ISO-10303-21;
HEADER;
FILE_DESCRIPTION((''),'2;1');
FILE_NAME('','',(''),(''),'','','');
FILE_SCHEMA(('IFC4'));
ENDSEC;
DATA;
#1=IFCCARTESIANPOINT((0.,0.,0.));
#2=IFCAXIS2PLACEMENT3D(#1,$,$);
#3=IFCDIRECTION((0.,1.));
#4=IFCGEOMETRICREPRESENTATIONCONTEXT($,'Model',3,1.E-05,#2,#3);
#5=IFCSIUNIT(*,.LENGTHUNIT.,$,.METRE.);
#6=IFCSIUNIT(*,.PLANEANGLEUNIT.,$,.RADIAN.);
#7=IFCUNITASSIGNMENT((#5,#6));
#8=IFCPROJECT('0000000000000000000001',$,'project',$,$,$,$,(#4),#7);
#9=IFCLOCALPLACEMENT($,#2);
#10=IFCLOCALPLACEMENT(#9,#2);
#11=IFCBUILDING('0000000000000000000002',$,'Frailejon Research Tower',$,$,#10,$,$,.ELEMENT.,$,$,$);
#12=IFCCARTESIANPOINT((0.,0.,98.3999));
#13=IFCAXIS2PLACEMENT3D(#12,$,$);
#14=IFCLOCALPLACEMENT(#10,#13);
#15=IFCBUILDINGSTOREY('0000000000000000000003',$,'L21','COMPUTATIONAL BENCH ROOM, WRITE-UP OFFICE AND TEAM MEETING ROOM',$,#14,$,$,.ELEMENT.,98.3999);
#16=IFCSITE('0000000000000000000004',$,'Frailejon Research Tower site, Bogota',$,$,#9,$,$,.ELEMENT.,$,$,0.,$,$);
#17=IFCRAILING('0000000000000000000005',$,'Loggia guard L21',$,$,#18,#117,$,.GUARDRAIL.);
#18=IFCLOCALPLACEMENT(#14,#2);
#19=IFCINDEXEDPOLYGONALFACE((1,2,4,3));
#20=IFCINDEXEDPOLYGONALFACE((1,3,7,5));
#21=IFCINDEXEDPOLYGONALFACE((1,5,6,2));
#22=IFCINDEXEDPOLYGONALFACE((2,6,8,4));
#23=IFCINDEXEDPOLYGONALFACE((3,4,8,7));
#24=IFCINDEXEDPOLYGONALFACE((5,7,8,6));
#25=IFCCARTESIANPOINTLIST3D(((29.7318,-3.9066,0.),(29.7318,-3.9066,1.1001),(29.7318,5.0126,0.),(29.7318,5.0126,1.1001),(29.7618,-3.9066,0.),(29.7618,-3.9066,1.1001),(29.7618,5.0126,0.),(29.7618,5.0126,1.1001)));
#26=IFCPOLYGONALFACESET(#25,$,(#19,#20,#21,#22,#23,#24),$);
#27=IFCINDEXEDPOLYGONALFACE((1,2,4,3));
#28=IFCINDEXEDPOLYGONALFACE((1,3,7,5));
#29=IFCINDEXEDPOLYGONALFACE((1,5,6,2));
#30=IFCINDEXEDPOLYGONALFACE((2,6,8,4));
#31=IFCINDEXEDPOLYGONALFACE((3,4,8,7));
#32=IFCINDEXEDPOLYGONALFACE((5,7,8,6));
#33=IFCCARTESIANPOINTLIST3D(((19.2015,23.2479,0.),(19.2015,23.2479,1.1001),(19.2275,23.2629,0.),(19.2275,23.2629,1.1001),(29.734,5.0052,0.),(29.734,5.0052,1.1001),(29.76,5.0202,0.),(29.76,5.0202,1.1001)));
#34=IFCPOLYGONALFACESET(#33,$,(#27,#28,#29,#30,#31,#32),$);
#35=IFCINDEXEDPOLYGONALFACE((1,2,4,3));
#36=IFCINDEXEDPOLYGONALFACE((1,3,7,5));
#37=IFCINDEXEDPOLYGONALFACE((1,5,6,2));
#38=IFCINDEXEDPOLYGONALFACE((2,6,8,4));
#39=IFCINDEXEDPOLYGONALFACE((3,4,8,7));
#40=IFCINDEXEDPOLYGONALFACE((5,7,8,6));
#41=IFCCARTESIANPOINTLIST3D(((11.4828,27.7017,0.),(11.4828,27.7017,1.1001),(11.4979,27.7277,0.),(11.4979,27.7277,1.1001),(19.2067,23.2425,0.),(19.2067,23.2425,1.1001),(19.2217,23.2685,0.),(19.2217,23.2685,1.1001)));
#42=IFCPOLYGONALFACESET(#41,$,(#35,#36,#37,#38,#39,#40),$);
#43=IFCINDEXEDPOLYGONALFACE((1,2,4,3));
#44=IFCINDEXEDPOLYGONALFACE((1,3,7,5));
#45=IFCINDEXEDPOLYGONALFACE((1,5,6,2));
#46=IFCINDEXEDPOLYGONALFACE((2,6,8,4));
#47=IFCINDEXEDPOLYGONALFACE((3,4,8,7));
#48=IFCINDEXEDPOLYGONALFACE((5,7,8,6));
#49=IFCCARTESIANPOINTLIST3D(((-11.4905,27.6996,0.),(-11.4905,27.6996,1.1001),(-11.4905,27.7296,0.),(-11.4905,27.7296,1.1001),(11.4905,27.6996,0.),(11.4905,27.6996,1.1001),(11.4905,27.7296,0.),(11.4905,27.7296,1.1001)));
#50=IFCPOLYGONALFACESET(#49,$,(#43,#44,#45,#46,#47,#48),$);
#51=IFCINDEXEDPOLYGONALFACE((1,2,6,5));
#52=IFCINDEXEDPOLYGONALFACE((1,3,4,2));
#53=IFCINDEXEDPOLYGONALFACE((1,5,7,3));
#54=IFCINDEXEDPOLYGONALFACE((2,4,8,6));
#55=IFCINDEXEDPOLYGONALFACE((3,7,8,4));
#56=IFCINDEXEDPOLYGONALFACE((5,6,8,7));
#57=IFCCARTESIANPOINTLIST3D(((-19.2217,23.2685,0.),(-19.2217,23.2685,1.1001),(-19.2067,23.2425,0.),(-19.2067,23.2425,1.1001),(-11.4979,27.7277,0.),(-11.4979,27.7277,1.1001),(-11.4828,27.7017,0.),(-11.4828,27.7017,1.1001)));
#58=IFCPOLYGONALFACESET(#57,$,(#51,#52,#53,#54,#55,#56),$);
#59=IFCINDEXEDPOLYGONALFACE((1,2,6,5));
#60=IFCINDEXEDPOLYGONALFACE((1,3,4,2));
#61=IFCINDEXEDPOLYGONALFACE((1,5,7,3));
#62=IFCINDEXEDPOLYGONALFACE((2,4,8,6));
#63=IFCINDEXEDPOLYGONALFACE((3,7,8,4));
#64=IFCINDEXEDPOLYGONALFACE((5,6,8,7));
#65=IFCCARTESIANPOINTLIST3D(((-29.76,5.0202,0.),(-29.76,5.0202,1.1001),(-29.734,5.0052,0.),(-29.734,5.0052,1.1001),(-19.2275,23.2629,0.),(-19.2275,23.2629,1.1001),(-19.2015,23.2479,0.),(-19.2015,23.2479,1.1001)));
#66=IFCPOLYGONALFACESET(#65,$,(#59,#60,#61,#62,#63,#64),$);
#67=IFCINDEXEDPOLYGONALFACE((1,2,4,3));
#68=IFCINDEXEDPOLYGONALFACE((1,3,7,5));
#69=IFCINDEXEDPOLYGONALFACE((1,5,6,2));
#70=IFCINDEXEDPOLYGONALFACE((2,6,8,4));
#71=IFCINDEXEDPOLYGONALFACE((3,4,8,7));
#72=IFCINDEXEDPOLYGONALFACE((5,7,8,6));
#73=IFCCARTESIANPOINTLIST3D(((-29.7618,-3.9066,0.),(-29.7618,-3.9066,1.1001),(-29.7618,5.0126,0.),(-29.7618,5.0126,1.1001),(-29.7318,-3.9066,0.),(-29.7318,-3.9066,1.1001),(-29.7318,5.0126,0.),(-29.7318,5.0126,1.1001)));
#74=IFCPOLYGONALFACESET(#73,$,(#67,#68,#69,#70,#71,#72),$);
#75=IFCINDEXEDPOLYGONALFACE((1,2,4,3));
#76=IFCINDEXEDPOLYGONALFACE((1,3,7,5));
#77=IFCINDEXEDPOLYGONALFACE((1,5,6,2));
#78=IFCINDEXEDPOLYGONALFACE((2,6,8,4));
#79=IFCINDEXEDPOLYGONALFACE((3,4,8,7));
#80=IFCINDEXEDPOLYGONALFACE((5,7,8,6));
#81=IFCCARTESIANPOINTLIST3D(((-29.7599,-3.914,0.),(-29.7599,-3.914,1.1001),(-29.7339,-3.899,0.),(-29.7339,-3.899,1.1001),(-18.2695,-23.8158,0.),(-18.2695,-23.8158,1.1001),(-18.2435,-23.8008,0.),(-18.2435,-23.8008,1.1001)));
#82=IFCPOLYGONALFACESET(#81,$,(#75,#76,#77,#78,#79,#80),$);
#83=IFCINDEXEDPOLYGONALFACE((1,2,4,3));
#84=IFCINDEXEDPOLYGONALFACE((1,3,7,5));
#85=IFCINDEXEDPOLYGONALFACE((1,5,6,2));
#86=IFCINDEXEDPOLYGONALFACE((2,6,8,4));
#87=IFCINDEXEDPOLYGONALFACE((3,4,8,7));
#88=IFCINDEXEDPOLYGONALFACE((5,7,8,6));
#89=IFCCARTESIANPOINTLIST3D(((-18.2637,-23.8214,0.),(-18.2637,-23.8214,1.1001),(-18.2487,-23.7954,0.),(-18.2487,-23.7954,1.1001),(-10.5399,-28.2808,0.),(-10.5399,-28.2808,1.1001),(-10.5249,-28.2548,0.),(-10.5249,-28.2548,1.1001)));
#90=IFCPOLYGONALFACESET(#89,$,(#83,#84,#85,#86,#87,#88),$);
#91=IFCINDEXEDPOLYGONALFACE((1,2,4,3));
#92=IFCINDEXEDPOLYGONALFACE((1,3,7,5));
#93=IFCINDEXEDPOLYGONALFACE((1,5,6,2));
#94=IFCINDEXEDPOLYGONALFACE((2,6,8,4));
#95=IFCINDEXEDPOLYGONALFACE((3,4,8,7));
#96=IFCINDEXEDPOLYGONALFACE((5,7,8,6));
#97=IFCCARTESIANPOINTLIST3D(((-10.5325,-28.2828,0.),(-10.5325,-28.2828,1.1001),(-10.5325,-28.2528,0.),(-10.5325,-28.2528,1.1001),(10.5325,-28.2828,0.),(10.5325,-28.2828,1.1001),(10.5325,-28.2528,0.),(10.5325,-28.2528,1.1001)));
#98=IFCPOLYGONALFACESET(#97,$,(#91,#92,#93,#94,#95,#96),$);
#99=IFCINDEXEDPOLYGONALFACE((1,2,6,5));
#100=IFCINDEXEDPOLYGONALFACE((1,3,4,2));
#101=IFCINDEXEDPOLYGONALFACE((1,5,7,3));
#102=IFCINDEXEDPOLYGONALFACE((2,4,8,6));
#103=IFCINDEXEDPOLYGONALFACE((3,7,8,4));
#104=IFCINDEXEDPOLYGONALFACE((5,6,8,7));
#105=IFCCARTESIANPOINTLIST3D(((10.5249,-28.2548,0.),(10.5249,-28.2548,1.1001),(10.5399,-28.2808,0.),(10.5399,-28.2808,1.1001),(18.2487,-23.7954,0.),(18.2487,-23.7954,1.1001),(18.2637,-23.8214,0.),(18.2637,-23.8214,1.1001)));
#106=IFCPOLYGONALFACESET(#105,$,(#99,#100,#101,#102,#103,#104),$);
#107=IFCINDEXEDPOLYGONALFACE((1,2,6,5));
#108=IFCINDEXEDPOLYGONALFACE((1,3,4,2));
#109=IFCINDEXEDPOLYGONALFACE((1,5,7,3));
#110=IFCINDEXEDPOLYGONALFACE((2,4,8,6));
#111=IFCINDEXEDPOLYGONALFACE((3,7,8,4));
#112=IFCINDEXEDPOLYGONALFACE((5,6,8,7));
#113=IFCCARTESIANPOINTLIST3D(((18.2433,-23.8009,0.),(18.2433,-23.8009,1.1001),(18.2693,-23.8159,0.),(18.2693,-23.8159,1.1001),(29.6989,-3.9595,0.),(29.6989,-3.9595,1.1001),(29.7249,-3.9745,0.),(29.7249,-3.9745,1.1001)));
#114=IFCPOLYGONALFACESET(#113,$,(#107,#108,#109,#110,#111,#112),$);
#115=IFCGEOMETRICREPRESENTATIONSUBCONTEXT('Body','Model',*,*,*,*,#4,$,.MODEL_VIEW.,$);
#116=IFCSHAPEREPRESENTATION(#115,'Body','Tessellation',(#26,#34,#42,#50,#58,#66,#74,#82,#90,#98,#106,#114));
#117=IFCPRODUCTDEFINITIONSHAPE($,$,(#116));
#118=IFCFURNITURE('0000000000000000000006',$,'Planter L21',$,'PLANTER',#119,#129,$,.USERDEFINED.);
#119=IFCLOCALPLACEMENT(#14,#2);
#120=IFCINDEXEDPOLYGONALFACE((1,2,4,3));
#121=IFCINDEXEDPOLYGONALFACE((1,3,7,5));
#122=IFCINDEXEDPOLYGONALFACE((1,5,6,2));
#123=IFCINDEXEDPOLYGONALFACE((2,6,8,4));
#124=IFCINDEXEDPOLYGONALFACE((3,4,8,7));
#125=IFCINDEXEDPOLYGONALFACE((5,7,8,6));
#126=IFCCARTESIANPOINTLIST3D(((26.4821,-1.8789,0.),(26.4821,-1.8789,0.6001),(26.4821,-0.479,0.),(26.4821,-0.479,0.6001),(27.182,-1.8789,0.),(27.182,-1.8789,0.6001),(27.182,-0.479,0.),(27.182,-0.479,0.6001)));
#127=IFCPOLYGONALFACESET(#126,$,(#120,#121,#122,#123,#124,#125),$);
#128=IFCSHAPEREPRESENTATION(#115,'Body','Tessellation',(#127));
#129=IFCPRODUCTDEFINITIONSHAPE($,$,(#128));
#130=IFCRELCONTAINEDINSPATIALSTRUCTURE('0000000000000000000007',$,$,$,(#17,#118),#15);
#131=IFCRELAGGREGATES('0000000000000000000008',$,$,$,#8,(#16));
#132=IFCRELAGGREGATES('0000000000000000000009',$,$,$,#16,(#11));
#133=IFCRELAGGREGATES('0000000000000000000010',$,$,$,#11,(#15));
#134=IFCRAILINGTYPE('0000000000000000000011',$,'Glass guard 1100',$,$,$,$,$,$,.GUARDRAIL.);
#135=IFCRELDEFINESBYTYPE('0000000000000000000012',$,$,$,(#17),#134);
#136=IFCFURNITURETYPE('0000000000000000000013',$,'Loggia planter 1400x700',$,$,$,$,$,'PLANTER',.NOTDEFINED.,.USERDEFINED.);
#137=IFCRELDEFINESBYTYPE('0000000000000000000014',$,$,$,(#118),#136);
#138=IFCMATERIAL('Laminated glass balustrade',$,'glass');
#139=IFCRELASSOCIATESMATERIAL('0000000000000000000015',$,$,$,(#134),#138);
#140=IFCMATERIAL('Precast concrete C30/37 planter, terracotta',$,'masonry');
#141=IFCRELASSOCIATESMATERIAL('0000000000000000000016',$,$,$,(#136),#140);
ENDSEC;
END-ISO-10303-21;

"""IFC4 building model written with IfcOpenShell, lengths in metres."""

from ifc_helpers import new_model, si_unit, direction, frame, origin, origin_2d, place, context, subcontext, project, spatial, rectangle, extrude, material, type_object, element, save


model = new_model("IFC4")

# Units and contexts
model_context = context("Model", 3, precision=1e-05, world=origin(), true_north=direction((0.0, 1.0)))
body_context = subcontext(model_context, "Body", "Model", "MODEL_VIEW")
ifc_project = project(units=[si_unit("LENGTHUNIT", "METRE"), si_unit("PLANEANGLEUNIT", "RADIAN")], contexts=[model_context])

# Site, building, storey
site_placement = place(None, origin())
site = spatial("IfcSite", under=ifc_project, at=site_placement, Name="Frailejon Research Tower site, Bogota", CompositionType="ELEMENT", RefElevation=0.0)
building_placement = place(site_placement, origin())
building = spatial("IfcBuilding", under=site, at=building_placement, Name="Frailejon Research Tower", CompositionType="ELEMENT")
storey_placement = place(building_placement, frame((0.0, 0.0, 98.3999)))
storey = spatial("IfcBuildingStorey", under=building, at=storey_placement, Name="L21", Description="COMPUTATIONAL BENCH ROOM, WRITE-UP OFFICE AND TEAM MEETING ROOM", CompositionType="ELEMENT", Elevation=98.3999)

# Railing
ifc_material_1 = material(Name="Laminated glass balustrade", Category="glass")
railing_type = type_object("IfcRailingType", Name="Glass guard 1100", PredefinedType="GUARDRAIL", material=ifc_material_1)
railing_placement = place(storey_placement, frame((29.7468, -3.9065, 0.0)))
element("IfcRailing", 1, at=railing_placement, inside=storey, type_object=railing_type, Name="Loggia guard L21", PredefinedType="GUARDRAIL", context=body_context, shape_type="SweptSolid", body=[
    extrude(rectangle(XDim=8.9192, YDim=0.03, at=origin_2d()), frame((0.0, 4.4595, 0.0), z_axis=(0.0, 0.0, 1.0), x_axis=(0.0, 1.0, 0.0)), (0.0, 0.0, 1.0), 1.1001),
    extrude(rectangle(XDim=21.0649, YDim=0.03, at=origin_2d()), frame((-5.2661, 18.0405, 0.0), z_axis=(0.0, 0.0, 1.0), x_axis=(-0.500002, 0.866024, 0.0)), (0.0, 0.0, 1.0), 1.1001),
    extrude(rectangle(XDim=8.9187, YDim=0.03, at=origin_2d()), frame((-14.3945, 29.3916, 0.0), z_axis=(0.0, 0.0, 1.0), x_axis=(-0.866033, 0.499987, 0.0)), (0.0, 0.0, 1.0), 1.1001),
    extrude(rectangle(XDim=22.981, YDim=0.03, at=origin_2d()), frame((-29.7468, 31.6211, 0.0), z_axis=(0.0, 0.0, 1.0), x_axis=(-1.0, 0.0, 0.0)), (0.0, 0.0, 1.0), 1.1001),
    extrude(rectangle(XDim=8.9187, YDim=0.03, at=origin_2d()), frame((-45.0991, 29.3916, 0.0), z_axis=(0.0, 0.0, 1.0), x_axis=(-0.866033, -0.499987, 0.0)), (0.0, 0.0, 1.0), 1.1001),
    extrude(rectangle(XDim=21.0649, YDim=0.03, at=origin_2d()), frame((-54.2275, 18.0405, 0.0), z_axis=(0.0, 0.0, 1.0), x_axis=(-0.500002, -0.866024, 0.0)), (0.0, 0.0, 1.0), 1.1001),
    extrude(rectangle(XDim=8.9192, YDim=0.03, at=origin_2d()), frame((-59.4937, 4.4595, 0.0), z_axis=(0.0, 0.0, 1.0), x_axis=(0.0, -1.0, 0.0)), (0.0, 0.0, 1.0), 1.1001),
    extrude(rectangle(XDim=22.9807, YDim=0.03, at=origin_2d()), frame((-53.7485, -9.9509, 0.0), z_axis=(0.0, 0.0, 1.0), x_axis=(0.500004, -0.866023, 0.0)), (0.0, 0.0, 1.0), 1.1001),
    extrude(rectangle(XDim=8.9187, YDim=0.03, at=origin_2d()), frame((-44.1411, -22.1316, 0.0), z_axis=(0.0, 0.0, 1.0), x_axis=(0.866021, -0.500008, 0.0)), (0.0, 0.0, 1.0), 1.1001),
    extrude(rectangle(XDim=21.0649, YDim=0.03, at=origin_2d()), frame((-29.7468, -24.3613, 0.0), z_axis=(0.0, 0.0, 1.0), x_axis=(1.0, 0.0, 0.0)), (0.0, 0.0, 1.0), 1.1001),
    extrude(rectangle(XDim=8.9187, YDim=0.03, at=origin_2d()), frame((-15.3525, -22.1316, 0.0), z_axis=(0.0, 0.0, 1.0), x_axis=(0.866021, 0.500008, 0.0)), (0.0, 0.0, 1.0), 1.1001),
    extrude(rectangle(XDim=22.9109, YDim=0.03, at=origin_2d()), frame((-5.7627, -9.9812, 0.0), z_axis=(0.0, 0.0, 1.0), x_axis=(0.500006, 0.866022, 0.0)), (0.0, 0.0, 1.0), 1.1001),
])

# Furniture
ifc_material_2 = material(Name="Precast concrete C30/37 planter, terracotta", Category="masonry")
furniture_type = type_object("IfcFurnitureType", Name="Loggia planter 1400x700", ElementType="PLANTER", AssemblyPlace="NOTDEFINED", PredefinedType="USERDEFINED", material=ifc_material_2)
furniture_placement = place(storey_placement, frame((26.832, -1.179, 0.0), z_axis=(0.0, 0.0, 1.0), x_axis=(0.0, 1.0, 0.0)))
element("IfcFurniture", 2, at=furniture_placement, inside=storey, type_object=furniture_type, Name="Planter L21", ObjectType="PLANTER", PredefinedType="USERDEFINED", context=body_context, shape_type="SweptSolid", body=[
    extrude(rectangle(XDim=1.3999, YDim=0.7, at=origin_2d()), origin(), (0.0, 0.0, 1.0), 0.6001),
])

save(model, "model.ifc")
